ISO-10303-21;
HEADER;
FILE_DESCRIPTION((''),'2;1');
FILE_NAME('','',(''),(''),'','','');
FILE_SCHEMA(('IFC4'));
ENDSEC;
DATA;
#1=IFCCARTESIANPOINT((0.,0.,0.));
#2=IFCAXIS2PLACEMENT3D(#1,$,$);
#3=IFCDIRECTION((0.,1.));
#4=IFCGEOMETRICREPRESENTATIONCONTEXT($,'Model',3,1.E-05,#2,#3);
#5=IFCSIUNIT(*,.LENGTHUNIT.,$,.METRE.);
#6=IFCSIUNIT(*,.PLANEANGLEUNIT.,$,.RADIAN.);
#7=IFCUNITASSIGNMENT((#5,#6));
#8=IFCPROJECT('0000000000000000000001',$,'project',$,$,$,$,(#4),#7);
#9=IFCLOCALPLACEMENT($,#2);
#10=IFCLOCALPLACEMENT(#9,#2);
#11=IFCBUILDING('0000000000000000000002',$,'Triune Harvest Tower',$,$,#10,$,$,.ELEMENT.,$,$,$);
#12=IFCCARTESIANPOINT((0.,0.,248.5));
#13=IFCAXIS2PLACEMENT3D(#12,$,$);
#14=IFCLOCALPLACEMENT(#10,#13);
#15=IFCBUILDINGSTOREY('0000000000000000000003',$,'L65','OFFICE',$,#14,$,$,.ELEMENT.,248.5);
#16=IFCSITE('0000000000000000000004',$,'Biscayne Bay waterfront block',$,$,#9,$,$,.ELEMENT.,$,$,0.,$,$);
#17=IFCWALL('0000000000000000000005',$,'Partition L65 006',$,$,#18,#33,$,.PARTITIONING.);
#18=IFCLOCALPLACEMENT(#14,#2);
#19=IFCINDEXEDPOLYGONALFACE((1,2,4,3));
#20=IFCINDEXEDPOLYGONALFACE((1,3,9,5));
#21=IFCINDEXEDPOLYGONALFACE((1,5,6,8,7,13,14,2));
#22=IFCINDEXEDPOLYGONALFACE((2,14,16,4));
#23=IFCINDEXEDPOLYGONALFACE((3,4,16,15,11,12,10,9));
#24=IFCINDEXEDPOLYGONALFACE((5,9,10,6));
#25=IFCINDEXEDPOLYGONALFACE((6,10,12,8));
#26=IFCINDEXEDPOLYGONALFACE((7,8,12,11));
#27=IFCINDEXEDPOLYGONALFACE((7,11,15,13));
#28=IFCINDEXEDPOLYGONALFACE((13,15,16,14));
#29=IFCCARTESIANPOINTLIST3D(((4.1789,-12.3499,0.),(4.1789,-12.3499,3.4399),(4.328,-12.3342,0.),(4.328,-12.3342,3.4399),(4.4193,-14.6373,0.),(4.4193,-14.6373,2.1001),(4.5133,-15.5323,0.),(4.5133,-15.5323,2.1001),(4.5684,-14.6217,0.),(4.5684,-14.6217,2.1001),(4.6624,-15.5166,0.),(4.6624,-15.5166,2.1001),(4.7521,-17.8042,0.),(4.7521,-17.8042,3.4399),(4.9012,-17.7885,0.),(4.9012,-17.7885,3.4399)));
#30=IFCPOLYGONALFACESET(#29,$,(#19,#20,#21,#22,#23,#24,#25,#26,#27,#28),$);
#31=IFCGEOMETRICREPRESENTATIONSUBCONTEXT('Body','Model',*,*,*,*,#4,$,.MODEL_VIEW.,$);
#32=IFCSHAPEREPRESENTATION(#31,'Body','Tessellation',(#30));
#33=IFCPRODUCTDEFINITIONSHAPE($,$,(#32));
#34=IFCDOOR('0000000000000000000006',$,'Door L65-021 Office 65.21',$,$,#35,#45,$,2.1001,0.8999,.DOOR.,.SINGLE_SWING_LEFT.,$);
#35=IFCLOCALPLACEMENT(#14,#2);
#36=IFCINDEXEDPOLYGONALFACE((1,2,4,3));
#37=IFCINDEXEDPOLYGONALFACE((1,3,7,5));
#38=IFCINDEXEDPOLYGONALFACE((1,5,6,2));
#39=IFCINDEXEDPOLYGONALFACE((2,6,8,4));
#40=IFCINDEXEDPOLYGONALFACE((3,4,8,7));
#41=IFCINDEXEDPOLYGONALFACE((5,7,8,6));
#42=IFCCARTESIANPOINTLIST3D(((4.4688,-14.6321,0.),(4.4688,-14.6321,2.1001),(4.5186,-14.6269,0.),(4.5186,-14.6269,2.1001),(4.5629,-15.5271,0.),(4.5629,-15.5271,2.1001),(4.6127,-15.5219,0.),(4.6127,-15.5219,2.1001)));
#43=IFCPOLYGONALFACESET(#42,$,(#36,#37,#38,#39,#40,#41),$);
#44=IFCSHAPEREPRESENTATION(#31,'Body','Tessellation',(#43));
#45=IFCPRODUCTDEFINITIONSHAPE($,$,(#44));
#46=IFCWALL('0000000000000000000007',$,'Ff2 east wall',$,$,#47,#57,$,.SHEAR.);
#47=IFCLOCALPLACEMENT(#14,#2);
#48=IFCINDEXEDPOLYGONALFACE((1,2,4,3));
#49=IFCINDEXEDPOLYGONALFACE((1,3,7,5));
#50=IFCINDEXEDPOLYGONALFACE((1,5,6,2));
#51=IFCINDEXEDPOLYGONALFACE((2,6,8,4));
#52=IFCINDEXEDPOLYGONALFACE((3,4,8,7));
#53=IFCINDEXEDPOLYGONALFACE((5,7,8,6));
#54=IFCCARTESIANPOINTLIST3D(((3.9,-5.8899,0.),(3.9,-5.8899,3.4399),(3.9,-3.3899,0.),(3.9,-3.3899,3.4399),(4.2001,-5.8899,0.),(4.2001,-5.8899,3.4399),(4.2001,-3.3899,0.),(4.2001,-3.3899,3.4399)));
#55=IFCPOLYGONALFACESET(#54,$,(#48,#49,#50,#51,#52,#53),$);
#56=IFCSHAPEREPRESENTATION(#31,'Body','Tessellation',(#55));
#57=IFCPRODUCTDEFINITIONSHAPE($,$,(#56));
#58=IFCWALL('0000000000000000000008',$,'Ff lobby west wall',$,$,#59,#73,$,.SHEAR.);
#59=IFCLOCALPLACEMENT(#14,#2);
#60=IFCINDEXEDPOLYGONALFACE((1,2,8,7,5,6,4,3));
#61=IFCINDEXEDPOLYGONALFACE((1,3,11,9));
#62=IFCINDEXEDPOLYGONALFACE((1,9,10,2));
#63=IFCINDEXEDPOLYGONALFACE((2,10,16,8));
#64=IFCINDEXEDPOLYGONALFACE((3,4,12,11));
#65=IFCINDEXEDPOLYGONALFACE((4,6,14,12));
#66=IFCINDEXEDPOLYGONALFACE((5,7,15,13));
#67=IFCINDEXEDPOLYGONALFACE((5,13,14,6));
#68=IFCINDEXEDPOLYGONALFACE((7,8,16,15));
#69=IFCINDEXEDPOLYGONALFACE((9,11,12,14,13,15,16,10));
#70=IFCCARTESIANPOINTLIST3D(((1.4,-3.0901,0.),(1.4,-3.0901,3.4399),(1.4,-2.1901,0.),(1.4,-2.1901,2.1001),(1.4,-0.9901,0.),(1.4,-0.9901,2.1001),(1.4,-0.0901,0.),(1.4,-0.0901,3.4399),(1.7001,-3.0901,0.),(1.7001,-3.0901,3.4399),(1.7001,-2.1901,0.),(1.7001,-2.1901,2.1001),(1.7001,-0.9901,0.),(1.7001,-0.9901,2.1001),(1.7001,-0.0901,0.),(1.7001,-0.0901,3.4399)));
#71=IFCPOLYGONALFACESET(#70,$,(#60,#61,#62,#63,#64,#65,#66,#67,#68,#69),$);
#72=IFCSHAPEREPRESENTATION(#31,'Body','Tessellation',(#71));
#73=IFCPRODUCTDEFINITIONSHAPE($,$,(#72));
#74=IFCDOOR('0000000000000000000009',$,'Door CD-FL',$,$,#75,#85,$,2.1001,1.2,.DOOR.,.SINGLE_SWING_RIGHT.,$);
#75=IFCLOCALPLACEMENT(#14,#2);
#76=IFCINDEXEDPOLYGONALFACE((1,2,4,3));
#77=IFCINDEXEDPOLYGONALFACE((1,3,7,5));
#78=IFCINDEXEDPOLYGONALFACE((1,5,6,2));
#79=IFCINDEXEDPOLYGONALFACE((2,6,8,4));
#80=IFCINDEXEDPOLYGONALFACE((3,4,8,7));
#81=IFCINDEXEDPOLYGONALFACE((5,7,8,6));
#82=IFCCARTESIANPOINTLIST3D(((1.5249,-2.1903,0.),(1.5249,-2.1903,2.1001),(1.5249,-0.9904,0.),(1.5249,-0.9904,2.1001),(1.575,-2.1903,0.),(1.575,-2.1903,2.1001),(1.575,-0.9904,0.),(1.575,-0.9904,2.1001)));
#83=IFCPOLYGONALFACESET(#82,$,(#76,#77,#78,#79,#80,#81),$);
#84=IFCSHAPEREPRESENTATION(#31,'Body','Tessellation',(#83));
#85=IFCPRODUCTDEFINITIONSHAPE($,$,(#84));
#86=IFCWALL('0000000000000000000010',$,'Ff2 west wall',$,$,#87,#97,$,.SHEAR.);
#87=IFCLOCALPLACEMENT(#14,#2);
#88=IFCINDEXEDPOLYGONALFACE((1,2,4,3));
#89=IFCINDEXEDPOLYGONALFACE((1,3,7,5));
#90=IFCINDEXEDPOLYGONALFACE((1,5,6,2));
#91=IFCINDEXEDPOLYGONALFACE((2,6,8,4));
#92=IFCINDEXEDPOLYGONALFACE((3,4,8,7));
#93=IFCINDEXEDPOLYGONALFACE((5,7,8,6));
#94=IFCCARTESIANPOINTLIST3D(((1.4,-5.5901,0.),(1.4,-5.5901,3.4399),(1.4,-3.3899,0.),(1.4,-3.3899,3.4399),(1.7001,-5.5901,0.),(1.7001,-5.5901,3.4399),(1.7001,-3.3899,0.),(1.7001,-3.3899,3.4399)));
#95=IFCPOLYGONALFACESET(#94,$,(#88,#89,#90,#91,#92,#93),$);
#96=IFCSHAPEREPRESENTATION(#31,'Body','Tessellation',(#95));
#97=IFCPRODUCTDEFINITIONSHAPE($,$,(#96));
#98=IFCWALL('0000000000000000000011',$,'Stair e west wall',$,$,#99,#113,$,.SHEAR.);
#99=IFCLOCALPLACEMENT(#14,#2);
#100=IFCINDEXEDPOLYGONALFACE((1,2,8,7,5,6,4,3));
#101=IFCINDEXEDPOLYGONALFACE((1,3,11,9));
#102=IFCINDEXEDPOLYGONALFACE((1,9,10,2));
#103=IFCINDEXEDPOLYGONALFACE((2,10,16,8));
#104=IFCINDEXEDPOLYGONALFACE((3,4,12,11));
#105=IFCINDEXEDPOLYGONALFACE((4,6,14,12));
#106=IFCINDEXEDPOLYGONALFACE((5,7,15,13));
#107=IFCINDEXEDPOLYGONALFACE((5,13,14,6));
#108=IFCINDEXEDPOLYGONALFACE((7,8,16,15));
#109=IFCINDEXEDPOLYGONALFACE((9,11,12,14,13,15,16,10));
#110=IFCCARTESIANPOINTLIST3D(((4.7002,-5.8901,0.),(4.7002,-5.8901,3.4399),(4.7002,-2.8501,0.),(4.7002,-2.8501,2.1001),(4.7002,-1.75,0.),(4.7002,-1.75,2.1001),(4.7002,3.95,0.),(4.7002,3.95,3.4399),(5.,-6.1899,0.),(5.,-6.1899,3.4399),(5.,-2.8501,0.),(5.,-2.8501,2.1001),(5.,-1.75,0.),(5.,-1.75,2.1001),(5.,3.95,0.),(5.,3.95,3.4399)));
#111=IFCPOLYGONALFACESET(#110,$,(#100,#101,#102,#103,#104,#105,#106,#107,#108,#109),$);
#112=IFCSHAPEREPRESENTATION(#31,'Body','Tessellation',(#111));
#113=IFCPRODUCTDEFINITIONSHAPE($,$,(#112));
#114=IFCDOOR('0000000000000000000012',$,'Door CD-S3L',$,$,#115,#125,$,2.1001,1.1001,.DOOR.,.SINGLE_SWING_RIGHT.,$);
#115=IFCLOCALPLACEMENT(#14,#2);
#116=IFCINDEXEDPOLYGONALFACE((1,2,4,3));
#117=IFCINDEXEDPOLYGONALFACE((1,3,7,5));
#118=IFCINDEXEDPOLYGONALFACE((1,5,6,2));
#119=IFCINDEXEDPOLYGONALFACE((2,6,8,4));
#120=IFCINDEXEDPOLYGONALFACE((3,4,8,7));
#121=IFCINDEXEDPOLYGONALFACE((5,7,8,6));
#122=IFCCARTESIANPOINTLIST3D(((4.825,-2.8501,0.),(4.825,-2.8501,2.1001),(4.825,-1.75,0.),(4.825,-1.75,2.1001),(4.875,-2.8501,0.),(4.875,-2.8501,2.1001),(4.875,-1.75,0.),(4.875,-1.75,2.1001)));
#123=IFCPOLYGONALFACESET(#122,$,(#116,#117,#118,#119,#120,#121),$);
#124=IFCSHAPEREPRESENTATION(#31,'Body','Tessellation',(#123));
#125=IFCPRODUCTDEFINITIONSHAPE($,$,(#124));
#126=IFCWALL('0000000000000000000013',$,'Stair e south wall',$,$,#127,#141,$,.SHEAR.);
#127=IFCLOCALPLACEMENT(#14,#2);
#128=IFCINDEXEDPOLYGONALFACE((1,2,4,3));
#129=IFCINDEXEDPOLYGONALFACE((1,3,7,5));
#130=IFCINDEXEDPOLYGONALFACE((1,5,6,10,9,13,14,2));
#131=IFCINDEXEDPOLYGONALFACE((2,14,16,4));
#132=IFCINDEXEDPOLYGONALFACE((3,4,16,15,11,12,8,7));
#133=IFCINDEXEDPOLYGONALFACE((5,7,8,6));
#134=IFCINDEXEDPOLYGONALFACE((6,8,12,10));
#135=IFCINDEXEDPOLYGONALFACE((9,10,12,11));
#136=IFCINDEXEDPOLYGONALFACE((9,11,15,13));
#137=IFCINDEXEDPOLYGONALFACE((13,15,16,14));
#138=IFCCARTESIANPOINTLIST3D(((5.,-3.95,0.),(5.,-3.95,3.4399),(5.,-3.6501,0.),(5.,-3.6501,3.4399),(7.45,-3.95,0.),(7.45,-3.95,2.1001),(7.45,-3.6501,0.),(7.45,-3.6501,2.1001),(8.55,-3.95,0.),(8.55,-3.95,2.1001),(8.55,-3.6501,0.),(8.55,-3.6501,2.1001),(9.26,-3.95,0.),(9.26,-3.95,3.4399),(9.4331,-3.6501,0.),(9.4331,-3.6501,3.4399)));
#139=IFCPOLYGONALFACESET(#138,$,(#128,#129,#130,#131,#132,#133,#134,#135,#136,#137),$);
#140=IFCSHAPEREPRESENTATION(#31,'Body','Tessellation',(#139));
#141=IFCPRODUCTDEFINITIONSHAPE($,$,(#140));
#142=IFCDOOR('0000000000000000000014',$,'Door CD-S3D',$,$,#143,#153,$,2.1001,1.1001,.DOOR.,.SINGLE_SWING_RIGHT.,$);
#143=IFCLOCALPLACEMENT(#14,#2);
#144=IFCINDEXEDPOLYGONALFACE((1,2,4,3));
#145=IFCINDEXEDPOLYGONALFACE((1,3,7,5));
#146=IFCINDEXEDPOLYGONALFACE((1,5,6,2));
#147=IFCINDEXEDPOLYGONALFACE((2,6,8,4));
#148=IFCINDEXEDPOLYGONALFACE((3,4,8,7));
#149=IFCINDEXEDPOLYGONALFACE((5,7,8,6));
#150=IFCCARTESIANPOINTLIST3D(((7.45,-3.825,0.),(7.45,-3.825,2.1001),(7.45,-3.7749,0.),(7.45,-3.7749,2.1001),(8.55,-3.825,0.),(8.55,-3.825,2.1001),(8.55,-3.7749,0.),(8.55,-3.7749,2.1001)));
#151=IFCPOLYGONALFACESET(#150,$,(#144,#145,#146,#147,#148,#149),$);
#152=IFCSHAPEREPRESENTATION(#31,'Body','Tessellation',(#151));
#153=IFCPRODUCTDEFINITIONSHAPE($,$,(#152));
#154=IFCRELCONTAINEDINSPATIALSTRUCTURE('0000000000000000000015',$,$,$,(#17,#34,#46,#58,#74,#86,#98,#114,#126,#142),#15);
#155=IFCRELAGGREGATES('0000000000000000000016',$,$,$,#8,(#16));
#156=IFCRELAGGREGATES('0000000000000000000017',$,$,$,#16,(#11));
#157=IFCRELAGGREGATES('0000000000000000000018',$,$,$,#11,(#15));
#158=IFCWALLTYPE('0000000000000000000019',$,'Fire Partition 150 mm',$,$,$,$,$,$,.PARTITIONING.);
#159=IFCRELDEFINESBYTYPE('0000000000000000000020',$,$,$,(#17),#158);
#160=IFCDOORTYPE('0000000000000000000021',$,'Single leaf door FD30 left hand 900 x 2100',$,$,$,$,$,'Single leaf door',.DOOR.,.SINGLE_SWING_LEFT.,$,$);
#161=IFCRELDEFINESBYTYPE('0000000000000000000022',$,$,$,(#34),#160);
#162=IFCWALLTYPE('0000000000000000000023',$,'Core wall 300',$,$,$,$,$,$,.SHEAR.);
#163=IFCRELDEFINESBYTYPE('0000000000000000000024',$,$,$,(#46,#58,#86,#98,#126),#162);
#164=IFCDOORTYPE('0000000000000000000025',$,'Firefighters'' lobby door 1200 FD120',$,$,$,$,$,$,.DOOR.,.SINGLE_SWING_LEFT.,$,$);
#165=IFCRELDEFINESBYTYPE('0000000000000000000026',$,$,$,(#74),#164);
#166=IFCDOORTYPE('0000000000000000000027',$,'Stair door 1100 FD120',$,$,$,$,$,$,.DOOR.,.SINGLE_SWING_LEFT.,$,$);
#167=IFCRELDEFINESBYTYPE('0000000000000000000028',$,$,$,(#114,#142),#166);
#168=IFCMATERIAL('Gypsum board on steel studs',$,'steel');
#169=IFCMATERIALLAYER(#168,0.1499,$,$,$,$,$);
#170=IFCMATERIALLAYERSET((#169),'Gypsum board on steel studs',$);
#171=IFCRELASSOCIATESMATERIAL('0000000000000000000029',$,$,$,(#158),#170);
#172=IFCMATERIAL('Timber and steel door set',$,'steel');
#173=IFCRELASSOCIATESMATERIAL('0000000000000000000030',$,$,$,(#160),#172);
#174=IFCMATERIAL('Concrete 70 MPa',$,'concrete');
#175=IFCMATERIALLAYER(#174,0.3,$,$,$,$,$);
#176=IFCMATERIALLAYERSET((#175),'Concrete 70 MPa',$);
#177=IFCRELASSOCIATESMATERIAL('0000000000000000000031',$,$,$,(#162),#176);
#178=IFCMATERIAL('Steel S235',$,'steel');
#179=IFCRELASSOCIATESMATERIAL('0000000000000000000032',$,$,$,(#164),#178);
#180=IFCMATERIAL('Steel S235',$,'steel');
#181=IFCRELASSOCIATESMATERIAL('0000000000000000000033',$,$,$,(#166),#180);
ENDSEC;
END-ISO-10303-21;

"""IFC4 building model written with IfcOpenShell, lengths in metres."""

from ifc_helpers import new_model, si_unit, direction, frame, frame_2d, origin, place, context, subcontext, project, spatial, polyline, rectangle, outline, extrude, source, transform, mapped, material, layer, layer_set, type_object, element, fill, save


model = new_model("IFC4")

# Units and contexts
model_context = context("Model", 3, precision=1e-05, world=origin(), true_north=direction((0.0, 1.0)))
body_context = subcontext(model_context, "Body", "Model", "MODEL_VIEW")
ifc_project = project(units=[si_unit("LENGTHUNIT", "METRE"), si_unit("PLANEANGLEUNIT", "RADIAN")], contexts=[model_context])

# Site, building, storey
site_placement = place(None, origin())
site = spatial("IfcSite", under=ifc_project, at=site_placement, Name="Biscayne Bay waterfront block", CompositionType="ELEMENT", RefElevation=0.0)
building_placement = place(site_placement, origin())
building = spatial("IfcBuilding", under=site, at=building_placement, Name="Triune Harvest Tower", CompositionType="ELEMENT")
storey_placement = place(building_placement, frame((0.0, 0.0, 248.5)))
storey = spatial("IfcBuildingStorey", under=building, at=storey_placement, Name="L65", Description="OFFICE", CompositionType="ELEMENT", Elevation=248.5)

# Wall, opening, door
ifc_material_1 = material(Name="Gypsum board on steel studs", Category="steel")
ifc_layer_1 = layer(ifc_material_1, 0.1499)
ifc_layer_set_1 = layer_set([ifc_layer_1], Name="Gypsum board on steel studs")
wall_type_1 = type_object("IfcWallType", Name="Fire Partition 150 mm", PredefinedType="PARTITIONING", material=ifc_layer_set_1)
wall_1_placement = place(storey_placement, frame((4.2534, -12.342, 0.0), z_axis=(0.0, 0.0, 1.0), x_axis=(0.104523, -0.994523, 0.0)))
wall_1 = element("IfcWall", 1, at=wall_1_placement, inside=storey, type_object=wall_type_1, Name="Partition L65 006", PredefinedType="PARTITIONING", context=body_context, shape_type="SweptSolid", body=[
    extrude(rectangle(XDim=5.4844, YDim=0.1499, at=frame_2d((2.7422, 0.0))), origin(), (0.0, 0.0, 1.0), 3.4399),
])
opening_1_placement = place(wall_1_placement, frame((2.3, 0.0, 0.0)))
opening_1 = element("IfcOpeningElement", 2, at=opening_1_placement, cuts=wall_1, PredefinedType="OPENING", context=body_context, shape_type="SweptSolid", body=[
    extrude(rectangle(XDim=0.8999, YDim=2.1001, at=frame_2d((0.45, 1.05))), frame((0.0, 0.085, 0.0), z_axis=(0.0, -1.0, 0.0), x_axis=(1.0, 0.0, 0.0)), (0.0, 0.0, 1.0), 0.1699),
])
ifc_material_2 = material(Name="Timber and steel door set", Category="steel")
door_type_1 = type_object("IfcDoorType", Name="Single leaf door FD30 left hand 900 x 2100", ElementType="Single leaf door", OperationType="SINGLE_SWING_LEFT", PredefinedType="DOOR", material=ifc_material_2)
door_1_placement = place(opening_1_placement, origin())
door_1 = element("IfcDoor", 3, at=door_1_placement, inside=storey, type_object=door_type_1, Name="Door L65-021 Office 65.21", OperationType="SINGLE_SWING_LEFT", OverallHeight=2.1001, OverallWidth=0.8999, PredefinedType="DOOR", context=body_context, shape_type="SweptSolid", body=[
    extrude(rectangle(XDim=0.8999, YDim=2.1001, at=frame_2d((0.45, 1.05))), frame((0.0, 0.0249, 0.0), z_axis=(0.0, -1.0, 0.0), x_axis=(1.0, 0.0, 0.0)), (0.0, 0.0, 1.0), 0.05),
])
fill(opening_1, door_1)

# Wall
ifc_material_3 = material(Name="Concrete 70 MPa", Category="concrete")
ifc_layer_2 = layer(ifc_material_3, 0.3)
ifc_layer_set_2 = layer_set([ifc_layer_2], Name="Concrete 70 MPa")
wall_type_2 = type_object("IfcWallType", Name="Core wall 300", PredefinedType="SHEAR", material=ifc_layer_set_2)
shared_shape_1 = source(origin(), body_context, "Body", "SweptSolid", [
    extrude(rectangle(XDim=2.5, YDim=0.3, at=frame_2d((1.25, 0.0))), origin(), (0.0, 0.0, 1.0), 3.4399),
])
wall_2_placement = place(storey_placement, frame((4.05, -5.8899, 0.0), z_axis=(0.0, 0.0, 1.0), x_axis=(0.0, 1.0, 0.0)))
element("IfcWall", 4, at=wall_2_placement, inside=storey, type_object=wall_type_2, Name="Ff2 east wall", PredefinedType="SHEAR", context=body_context, shape_type="MappedRepresentation", body=[
    mapped(shared_shape_1, transform((0.0, 0.0, 0.0), scale=1.0)),
])

# Wall, opening, door
shared_shape_2 = source(origin(), body_context, "Body", "SweptSolid", [
    extrude(rectangle(XDim=3.0, YDim=0.3, at=frame_2d((1.5, 0.0))), origin(), (0.0, 0.0, 1.0), 3.4399),
])
wall_3_placement = place(storey_placement, frame((1.55, -3.0901, 0.0), z_axis=(0.0, 0.0, 1.0), x_axis=(0.0, 1.0, 0.0)))
wall_3 = element("IfcWall", 5, at=wall_3_placement, inside=storey, type_object=wall_type_2, Name="Ff lobby west wall", PredefinedType="SHEAR", context=body_context, shape_type="MappedRepresentation", body=[
    mapped(shared_shape_2, transform((0.0, 0.0, 0.0), scale=1.0)),
])
opening_2_placement = place(wall_3_placement, frame((0.8999, 0.0, 0.0)))
opening_2 = element("IfcOpeningElement", 6, at=opening_2_placement, cuts=wall_3, PredefinedType="OPENING", context=body_context, shape_type="SweptSolid", body=[
    extrude(rectangle(XDim=1.2, YDim=2.1001, at=frame_2d((0.6001, 1.05))), frame((0.0, 0.1602, 0.0), z_axis=(0.0, -1.0, 0.0), x_axis=(1.0, 0.0, 0.0)), (0.0, 0.0, 1.0), 0.3201),
])
ifc_material_4 = material(Name="Steel S235", Category="steel")
door_type_2 = type_object("IfcDoorType", Name="Firefighters' lobby door 1200 FD120", OperationType="SINGLE_SWING_LEFT", PredefinedType="DOOR", material=ifc_material_4)
door_2_placement = place(opening_2_placement, frame((1.2, 0.0, 0.0), z_axis=(0.0, 0.0, 1.0), x_axis=(-1.0, 0.0, 0.0)))
door_2 = element("IfcDoor", 7, at=door_2_placement, inside=storey, type_object=door_type_2, Name="Door CD-FL", OperationType="SINGLE_SWING_RIGHT", OverallHeight=2.1001, OverallWidth=1.2, PredefinedType="DOOR", context=body_context, shape_type="SweptSolid", body=[
    extrude(rectangle(XDim=1.2, YDim=2.1001, at=frame_2d((0.6001, 1.05))), frame((0.0, 0.0249, 0.0), z_axis=(0.0, -1.0, 0.0), x_axis=(1.0, 0.0, 0.0)), (0.0, 0.0, 1.0), 0.05),
])
fill(opening_2, door_2)

# Wall
shared_shape_3 = source(origin(), body_context, "Body", "SweptSolid", [
    extrude(rectangle(XDim=2.2002, YDim=0.3, at=frame_2d((1.1001, 0.0))), origin(), (0.0, 0.0, 1.0), 3.4399),
])
wall_4_placement = place(storey_placement, frame((1.55, -5.5901, 0.0), z_axis=(0.0, 0.0, 1.0), x_axis=(0.0, 1.0, 0.0)))
element("IfcWall", 8, at=wall_4_placement, inside=storey, type_object=wall_type_2, Name="Ff2 west wall", PredefinedType="SHEAR", context=body_context, shape_type="MappedRepresentation", body=[
    mapped(shared_shape_3, transform((0.0, 0.0, 0.0), scale=1.0)),
])

# Walls, openings, doors
shared_shape_4 = source(origin(), body_context, "Body", "SweptSolid", [
    extrude(outline(polyline([(-0.1499, -0.1499), (9.99, -0.1499), (9.99, 0.1499), (0.1499, 0.1499), (-0.1499, -0.1499)])), origin(), (0.0, 0.0, 1.0), 3.4399),
])
wall_5_placement = place(storey_placement, frame((4.8501, -6.04, 0.0), z_axis=(0.0, 0.0, 1.0), x_axis=(0.0, 1.0, 0.0)))
wall_5 = element("IfcWall", 9, at=wall_5_placement, inside=storey, type_object=wall_type_2, Name="Stair e west wall", PredefinedType="SHEAR", context=body_context, shape_type="MappedRepresentation", body=[
    mapped(shared_shape_4, transform((0.0, 0.0, 0.0), scale=1.0)),
])
opening_3_placement = place(wall_5_placement, frame((3.1899, 0.0, 0.0)))
opening_3 = element("IfcOpeningElement", 10, at=opening_3_placement, cuts=wall_5, PredefinedType="OPENING", context=body_context, shape_type="SweptSolid", body=[
    extrude(rectangle(XDim=1.1001, YDim=2.1001, at=frame_2d((0.55, 1.05))), frame((0.0, 0.1602, 0.0), z_axis=(0.0, -1.0, 0.0), x_axis=(1.0, 0.0, 0.0)), (0.0, 0.0, 1.0), 0.3201),
])
ifc_material_5 = material(Name="Steel S235", Category="steel")
door_type_3 = type_object("IfcDoorType", Name="Stair door 1100 FD120", OperationType="SINGLE_SWING_LEFT", PredefinedType="DOOR", material=ifc_material_5)
door_3_placement = place(opening_3_placement, frame((1.1001, 0.0, 0.0), z_axis=(0.0, 0.0, 1.0), x_axis=(-1.0, 0.0, 0.0)))
door_3 = element("IfcDoor", 11, at=door_3_placement, inside=storey, type_object=door_type_3, Name="Door CD-S3L", OperationType="SINGLE_SWING_RIGHT", OverallHeight=2.1001, OverallWidth=1.1001, PredefinedType="DOOR", context=body_context, shape_type="SweptSolid", body=[
    extrude(rectangle(XDim=1.1001, YDim=2.1001, at=frame_2d((0.55, 1.05))), frame((0.0, 0.0249, 0.0), z_axis=(0.0, -1.0, 0.0), x_axis=(1.0, 0.0, 0.0)), (0.0, 0.0, 1.0), 0.05),
])
fill(opening_3, door_3)
shared_shape_5 = source(origin(), body_context, "Body", "SweptSolid", [
    extrude(outline(polyline([(0.0, -0.1499), (0.0, 0.1499), (4.4331, 0.1499), (4.26, -0.1499), (0.0, -0.1499)])), origin(), (0.0, 0.0, 1.0), 3.4399),
])
wall_6_placement = place(storey_placement, frame((5.0, -3.8, 0.0), z_axis=(0.0, 0.0, 1.0), x_axis=(1.0, 0.0, 0.0)))
wall_6 = element("IfcWall", 12, at=wall_6_placement, inside=storey, type_object=wall_type_2, Name="Stair e south wall", PredefinedType="SHEAR", context=body_context, shape_type="MappedRepresentation", body=[
    mapped(shared_shape_5, transform((0.0, 0.0, 0.0), scale=1.0)),
])
opening_4_placement = place(wall_6_placement, frame((2.45, 0.0, 0.0)))
opening_4 = element("IfcOpeningElement", 13, at=opening_4_placement, cuts=wall_6, PredefinedType="OPENING", context=body_context, shape_type="SweptSolid", body=[
    extrude(rectangle(XDim=1.1001, YDim=2.1001, at=frame_2d((0.55, 1.05))), frame((0.0, 0.1602, 0.0), z_axis=(0.0, -1.0, 0.0), x_axis=(1.0, 0.0, 0.0)), (0.0, 0.0, 1.0), 0.3201),
])
door_4_placement = place(opening_4_placement, frame((1.1001, 0.0, 0.0), z_axis=(0.0, 0.0, 1.0), x_axis=(-1.0, 0.0, 0.0)))
door_4 = element("IfcDoor", 14, at=door_4_placement, inside=storey, type_object=door_type_3, Name="Door CD-S3D", OperationType="SINGLE_SWING_RIGHT", OverallHeight=2.1001, OverallWidth=1.1001, PredefinedType="DOOR", context=body_context, shape_type="SweptSolid", body=[
    extrude(rectangle(XDim=1.1001, YDim=2.1001, at=frame_2d((0.55, 1.05))), frame((0.0, 0.0249, 0.0), z_axis=(0.0, -1.0, 0.0), x_axis=(1.0, 0.0, 0.0)), (0.0, 0.0, 1.0), 0.05),
])
fill(opening_4, door_4)

save(model, "model.ifc")
